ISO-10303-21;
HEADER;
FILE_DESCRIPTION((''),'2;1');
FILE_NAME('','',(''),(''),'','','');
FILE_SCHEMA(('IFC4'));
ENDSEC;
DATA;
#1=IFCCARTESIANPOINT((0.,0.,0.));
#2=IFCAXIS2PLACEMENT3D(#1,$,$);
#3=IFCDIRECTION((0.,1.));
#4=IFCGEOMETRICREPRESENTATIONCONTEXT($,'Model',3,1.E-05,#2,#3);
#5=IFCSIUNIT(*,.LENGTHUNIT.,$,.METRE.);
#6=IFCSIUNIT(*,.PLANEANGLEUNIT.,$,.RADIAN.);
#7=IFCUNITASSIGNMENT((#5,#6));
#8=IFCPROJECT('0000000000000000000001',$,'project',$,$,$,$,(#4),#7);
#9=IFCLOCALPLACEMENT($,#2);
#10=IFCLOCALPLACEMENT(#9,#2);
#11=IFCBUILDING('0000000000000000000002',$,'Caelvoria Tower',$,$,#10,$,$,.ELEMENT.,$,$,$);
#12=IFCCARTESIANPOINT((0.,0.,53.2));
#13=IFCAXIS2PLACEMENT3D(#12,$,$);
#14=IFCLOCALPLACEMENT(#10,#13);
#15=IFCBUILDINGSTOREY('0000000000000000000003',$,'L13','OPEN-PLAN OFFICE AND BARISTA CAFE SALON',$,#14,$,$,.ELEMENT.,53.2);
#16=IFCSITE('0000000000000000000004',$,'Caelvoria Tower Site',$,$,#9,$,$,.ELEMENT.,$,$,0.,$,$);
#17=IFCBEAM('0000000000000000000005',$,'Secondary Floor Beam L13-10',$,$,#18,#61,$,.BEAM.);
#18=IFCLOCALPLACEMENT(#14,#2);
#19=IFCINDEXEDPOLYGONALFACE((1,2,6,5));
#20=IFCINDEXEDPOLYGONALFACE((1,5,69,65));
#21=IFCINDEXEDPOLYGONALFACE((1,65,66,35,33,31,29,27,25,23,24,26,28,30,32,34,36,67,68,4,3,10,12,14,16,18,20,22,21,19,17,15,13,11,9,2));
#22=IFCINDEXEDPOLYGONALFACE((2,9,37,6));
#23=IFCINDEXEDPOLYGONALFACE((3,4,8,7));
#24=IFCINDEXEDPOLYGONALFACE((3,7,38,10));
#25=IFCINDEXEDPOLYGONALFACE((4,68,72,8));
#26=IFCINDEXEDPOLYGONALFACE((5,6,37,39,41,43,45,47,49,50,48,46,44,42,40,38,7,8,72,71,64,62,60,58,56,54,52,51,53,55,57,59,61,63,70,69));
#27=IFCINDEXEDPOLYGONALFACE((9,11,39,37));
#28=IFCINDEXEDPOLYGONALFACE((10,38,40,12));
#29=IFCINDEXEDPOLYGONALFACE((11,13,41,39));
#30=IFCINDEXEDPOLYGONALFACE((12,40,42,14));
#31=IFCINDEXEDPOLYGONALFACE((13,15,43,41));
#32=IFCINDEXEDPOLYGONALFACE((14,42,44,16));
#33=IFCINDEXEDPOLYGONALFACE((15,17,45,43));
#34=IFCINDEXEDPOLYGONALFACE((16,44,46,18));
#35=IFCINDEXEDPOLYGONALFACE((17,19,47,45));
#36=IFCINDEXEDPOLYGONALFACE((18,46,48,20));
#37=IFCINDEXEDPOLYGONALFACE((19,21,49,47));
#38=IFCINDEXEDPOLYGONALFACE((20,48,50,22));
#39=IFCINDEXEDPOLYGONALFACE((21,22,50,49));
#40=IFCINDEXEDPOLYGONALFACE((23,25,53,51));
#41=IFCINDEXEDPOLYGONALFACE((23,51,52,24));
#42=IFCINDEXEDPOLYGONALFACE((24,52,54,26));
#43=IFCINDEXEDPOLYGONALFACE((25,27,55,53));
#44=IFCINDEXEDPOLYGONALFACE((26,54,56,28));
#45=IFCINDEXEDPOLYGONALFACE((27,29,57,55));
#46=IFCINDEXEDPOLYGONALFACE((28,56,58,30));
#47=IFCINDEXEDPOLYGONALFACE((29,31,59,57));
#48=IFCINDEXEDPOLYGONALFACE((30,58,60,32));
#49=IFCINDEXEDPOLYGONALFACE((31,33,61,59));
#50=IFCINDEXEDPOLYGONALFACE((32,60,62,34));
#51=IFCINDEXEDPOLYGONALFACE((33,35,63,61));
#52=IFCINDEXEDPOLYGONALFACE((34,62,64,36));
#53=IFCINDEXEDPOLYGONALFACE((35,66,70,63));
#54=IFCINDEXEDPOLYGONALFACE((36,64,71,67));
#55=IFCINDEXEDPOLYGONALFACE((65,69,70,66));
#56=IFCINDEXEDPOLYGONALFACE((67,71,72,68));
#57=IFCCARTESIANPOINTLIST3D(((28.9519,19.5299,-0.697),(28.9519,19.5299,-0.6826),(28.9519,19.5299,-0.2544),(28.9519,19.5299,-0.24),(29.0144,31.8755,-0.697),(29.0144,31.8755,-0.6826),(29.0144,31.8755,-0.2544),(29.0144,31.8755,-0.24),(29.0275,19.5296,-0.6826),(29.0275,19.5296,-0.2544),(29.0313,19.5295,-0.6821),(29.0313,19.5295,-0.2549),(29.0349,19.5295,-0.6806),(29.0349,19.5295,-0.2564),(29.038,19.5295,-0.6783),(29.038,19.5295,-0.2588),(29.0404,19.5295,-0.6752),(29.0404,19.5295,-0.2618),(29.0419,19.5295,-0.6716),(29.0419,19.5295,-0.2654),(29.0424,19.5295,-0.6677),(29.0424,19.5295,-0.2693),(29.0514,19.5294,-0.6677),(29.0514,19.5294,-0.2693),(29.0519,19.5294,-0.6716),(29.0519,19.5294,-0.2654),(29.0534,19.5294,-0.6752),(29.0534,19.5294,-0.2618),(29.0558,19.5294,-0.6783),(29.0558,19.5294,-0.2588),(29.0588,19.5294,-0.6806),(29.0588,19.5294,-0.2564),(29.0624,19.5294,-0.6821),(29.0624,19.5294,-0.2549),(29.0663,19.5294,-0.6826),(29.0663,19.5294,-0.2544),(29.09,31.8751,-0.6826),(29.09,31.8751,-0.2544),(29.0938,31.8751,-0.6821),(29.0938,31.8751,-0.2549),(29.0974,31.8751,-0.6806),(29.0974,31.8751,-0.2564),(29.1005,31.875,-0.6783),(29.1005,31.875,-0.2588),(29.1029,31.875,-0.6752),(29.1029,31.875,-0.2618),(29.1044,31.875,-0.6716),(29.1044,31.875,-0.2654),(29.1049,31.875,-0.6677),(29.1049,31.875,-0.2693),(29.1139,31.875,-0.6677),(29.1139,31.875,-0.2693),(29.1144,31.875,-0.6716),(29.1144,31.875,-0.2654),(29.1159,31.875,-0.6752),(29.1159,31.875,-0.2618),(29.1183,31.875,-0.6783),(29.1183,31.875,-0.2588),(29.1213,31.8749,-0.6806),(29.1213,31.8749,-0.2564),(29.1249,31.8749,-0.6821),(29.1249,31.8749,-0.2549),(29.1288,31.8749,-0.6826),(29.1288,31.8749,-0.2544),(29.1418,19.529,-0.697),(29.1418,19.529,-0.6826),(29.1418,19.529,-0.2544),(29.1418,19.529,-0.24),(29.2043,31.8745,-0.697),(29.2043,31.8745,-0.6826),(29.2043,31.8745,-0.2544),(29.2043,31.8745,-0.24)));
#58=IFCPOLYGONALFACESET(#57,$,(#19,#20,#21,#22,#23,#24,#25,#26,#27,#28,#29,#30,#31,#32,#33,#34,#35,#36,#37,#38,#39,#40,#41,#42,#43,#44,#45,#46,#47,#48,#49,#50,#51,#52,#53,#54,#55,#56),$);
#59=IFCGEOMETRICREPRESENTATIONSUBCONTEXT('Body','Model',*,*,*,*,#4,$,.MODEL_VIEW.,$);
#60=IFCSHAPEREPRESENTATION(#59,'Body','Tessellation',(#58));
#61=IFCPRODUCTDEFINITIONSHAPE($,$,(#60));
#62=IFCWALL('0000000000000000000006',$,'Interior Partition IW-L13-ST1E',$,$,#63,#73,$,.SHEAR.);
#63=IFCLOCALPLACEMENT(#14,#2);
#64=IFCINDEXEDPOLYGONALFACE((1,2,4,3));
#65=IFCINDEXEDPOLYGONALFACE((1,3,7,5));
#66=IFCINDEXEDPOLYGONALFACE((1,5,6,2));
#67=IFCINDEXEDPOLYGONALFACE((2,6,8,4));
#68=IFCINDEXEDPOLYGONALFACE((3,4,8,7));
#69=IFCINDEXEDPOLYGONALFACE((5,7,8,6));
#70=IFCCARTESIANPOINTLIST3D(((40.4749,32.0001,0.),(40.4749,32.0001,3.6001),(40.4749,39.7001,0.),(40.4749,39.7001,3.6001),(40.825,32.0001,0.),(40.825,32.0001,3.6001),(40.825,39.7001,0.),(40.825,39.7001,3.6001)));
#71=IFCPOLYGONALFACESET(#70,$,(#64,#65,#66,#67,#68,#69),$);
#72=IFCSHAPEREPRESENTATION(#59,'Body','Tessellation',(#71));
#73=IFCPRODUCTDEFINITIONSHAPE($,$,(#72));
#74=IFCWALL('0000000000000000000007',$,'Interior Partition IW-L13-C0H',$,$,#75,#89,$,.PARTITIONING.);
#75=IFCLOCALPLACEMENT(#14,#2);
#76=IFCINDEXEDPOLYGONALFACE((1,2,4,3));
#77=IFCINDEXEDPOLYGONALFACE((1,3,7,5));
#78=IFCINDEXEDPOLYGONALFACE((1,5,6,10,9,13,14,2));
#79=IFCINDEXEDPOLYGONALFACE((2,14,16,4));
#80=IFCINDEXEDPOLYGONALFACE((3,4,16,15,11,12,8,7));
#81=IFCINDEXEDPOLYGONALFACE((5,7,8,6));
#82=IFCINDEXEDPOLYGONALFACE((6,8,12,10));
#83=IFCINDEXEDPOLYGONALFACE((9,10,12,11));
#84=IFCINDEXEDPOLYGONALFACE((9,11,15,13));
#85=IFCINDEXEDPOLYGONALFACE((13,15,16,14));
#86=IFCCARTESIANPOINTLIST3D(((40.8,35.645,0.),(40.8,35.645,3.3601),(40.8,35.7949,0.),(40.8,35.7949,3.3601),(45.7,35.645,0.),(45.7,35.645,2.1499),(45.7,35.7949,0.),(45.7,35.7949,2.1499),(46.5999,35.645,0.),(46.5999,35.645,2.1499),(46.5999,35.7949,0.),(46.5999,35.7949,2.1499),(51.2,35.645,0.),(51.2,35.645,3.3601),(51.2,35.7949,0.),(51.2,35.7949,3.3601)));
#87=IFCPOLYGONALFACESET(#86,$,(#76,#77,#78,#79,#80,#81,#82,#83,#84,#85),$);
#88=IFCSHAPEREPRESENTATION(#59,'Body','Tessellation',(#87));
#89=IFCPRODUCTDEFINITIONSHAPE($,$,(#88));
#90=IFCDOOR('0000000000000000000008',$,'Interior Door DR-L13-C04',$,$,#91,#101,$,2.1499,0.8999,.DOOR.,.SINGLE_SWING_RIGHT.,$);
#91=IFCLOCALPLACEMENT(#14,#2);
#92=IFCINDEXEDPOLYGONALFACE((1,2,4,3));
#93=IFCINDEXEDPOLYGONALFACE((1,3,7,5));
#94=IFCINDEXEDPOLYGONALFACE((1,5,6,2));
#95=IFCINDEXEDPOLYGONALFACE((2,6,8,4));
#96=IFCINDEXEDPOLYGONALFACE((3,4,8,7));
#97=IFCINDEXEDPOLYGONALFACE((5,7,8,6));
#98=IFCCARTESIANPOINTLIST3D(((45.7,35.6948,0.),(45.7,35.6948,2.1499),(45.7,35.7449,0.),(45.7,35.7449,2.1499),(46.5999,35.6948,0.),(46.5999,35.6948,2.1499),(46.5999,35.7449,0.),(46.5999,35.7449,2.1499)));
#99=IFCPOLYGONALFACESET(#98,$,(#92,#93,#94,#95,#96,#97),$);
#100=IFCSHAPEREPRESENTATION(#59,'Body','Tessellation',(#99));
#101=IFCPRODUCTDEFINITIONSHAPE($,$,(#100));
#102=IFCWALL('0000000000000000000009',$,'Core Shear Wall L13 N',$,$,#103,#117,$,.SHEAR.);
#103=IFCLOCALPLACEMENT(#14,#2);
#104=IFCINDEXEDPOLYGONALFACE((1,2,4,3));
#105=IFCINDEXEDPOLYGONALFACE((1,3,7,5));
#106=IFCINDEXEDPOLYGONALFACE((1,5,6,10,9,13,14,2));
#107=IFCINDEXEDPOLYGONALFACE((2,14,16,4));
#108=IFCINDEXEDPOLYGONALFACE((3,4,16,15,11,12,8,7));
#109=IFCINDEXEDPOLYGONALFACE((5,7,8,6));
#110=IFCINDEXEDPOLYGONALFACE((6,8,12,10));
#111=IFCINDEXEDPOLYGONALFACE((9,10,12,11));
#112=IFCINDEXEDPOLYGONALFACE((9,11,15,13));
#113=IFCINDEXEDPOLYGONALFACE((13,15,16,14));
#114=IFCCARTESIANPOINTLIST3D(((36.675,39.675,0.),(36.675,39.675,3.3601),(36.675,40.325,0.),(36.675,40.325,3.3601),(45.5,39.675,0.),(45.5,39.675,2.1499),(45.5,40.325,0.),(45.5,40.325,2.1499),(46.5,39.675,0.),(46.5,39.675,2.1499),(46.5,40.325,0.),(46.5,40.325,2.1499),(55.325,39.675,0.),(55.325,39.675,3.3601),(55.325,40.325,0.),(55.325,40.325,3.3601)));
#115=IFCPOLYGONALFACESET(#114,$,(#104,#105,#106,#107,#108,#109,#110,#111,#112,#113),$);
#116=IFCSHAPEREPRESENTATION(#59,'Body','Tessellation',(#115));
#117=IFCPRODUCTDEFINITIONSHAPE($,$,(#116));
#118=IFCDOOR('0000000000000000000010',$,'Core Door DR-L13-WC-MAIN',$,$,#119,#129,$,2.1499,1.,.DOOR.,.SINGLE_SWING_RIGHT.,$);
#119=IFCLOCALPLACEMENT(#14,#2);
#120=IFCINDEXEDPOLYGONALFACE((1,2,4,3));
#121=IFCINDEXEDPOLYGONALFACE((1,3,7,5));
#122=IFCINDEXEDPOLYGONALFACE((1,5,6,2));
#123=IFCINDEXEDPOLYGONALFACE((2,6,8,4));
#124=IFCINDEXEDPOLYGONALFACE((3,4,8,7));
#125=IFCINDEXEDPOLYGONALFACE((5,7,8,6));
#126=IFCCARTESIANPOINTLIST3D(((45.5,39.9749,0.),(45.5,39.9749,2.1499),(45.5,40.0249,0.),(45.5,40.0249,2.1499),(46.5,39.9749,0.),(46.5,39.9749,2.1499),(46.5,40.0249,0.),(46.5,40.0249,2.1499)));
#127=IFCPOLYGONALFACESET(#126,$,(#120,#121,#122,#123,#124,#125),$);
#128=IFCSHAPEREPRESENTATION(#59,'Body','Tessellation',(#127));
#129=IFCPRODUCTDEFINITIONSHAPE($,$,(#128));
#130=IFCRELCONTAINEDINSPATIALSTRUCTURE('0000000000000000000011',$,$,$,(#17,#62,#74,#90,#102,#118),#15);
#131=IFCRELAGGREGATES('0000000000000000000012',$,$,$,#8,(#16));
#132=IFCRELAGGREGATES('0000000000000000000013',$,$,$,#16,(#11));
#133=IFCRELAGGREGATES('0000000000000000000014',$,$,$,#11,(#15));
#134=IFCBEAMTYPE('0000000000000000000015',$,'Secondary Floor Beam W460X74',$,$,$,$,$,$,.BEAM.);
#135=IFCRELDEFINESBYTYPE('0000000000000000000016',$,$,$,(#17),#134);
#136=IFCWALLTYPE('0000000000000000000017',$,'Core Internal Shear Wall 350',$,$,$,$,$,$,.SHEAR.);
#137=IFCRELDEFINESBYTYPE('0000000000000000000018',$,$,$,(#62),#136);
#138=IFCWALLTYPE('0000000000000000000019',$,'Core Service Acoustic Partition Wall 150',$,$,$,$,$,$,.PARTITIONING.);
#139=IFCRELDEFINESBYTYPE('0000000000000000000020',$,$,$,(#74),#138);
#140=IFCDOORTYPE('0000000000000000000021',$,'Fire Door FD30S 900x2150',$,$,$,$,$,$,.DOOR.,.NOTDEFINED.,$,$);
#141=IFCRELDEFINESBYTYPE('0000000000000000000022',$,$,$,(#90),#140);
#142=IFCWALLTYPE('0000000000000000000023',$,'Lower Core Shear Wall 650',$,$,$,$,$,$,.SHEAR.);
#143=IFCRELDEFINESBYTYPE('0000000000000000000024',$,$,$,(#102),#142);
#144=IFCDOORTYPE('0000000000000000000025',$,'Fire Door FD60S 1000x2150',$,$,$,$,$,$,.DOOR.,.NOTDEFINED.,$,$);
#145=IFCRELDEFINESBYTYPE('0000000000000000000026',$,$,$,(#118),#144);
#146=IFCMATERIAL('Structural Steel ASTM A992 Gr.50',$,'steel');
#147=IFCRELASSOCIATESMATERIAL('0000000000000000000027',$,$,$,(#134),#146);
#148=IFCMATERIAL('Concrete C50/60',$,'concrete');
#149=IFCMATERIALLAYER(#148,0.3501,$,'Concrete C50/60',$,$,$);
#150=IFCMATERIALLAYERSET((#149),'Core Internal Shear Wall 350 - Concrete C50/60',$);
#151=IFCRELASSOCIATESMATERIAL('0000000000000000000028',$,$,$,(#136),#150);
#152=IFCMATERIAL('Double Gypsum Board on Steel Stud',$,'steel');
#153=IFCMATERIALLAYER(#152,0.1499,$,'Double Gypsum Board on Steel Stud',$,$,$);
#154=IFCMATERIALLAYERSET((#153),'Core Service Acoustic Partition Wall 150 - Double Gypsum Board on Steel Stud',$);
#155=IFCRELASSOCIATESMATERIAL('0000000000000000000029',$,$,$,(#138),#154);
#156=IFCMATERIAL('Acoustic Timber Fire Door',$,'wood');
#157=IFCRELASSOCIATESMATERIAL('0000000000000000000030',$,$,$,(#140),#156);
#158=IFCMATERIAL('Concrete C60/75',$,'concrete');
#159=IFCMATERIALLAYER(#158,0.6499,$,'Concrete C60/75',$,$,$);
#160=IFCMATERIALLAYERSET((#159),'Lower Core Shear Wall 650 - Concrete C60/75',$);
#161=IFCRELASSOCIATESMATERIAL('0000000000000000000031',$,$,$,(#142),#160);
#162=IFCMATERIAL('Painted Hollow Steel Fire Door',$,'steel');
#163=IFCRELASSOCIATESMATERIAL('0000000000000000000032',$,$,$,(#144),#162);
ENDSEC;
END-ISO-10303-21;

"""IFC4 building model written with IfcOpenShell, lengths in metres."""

from ifc_helpers import new_model, si_unit, direction, frame, frame_2d, origin, origin_2d, place, context, subcontext, project, spatial, rectangle, i_section, extrude, material, layer, layer_set, material_profile, profile_set, type_object, element, fill, save


model = new_model("IFC4")

# Units and contexts
model_context = context("Model", 3, precision=1e-05, world=origin(), true_north=direction((0.0, 1.0)))
body_context = subcontext(model_context, "Body", "Model", "MODEL_VIEW")
ifc_project = project(units=[si_unit("LENGTHUNIT", "METRE"), si_unit("PLANEANGLEUNIT", "RADIAN")], contexts=[model_context])

# Site, building, storey
site_placement = place(None, origin())
site = spatial("IfcSite", under=ifc_project, at=site_placement, Name="Caelvoria Tower Site", CompositionType="ELEMENT", RefElevation=0.0)
building_placement = place(site_placement, origin())
building = spatial("IfcBuilding", under=site, at=building_placement, Name="Caelvoria Tower", CompositionType="ELEMENT")
storey_placement = place(building_placement, frame((0.0, 0.0, 53.2)))
storey = spatial("IfcBuildingStorey", under=building, at=storey_placement, Name="L13", Description="OPEN-PLAN OFFICE AND BARISTA CAFE SALON", CompositionType="ELEMENT", Elevation=53.2)

# Beam
ifc_material_1 = material(Name="Structural Steel ASTM A992 Gr.50", Category="steel")
ifc_material_profile_1 = material_profile(ifc_material_1, i_section(OverallWidth=0.1899, OverallDepth=0.457, WebThickness=0.009, FlangeThickness=0.0144, FilletRadius=0.0149, at=origin_2d()), Name="Structural Steel ASTM A992 Gr.50")
ifc_profile_set_1 = profile_set([ifc_material_profile_1], Name="W460X74 - Structural Steel ASTM A992 Gr.50")
beam_type_1 = type_object("IfcBeamType", Name="Secondary Floor Beam W460X74", PredefinedType="BEAM", material=ifc_profile_set_1)
for number, where, z_axis, x_axis, name in (
    (1, (29.1094, 31.875, -0.4685), (-0.005063, -0.999987, 0.0), (0.999987, -0.005063, 0.0), "Secondary Floor Beam L13-10"),
):
    element("IfcBeam", number, at=place(storey_placement, frame(where, z_axis=z_axis, x_axis=x_axis)), inside=storey, type_object=beam_type_1, Name=name, PredefinedType="BEAM", context=body_context, shape_type="SweptSolid", body=[
        extrude(i_section(OverallWidth=0.1899, OverallDepth=0.457, WebThickness=0.009, FlangeThickness=0.0144, FilletRadius=0.0149, at=origin_2d()), origin(), (0.0, 0.0, 1.0), 12.3457),
    ])

# Shared definitions
ifc_material_2 = material(Name="Concrete C50/60", Category="concrete")
ifc_layer_1 = layer(ifc_material_2, 0.3501, Name="Concrete C50/60")
ifc_layer_set_1 = layer_set([ifc_layer_1], Name="Core Internal Shear Wall 350 - Concrete C50/60")
wall_type_1 = type_object("IfcWallType", Name="Core Internal Shear Wall 350", PredefinedType="SHEAR", material=ifc_layer_set_1)
ifc_material_3 = material(Name="Painted Hollow Steel Fire Door", Category="steel")

# Wall
wall_1_placement = place(storey_placement, frame((40.6499, 32.0, 0.0), z_axis=(0.0, 0.0, 1.0), x_axis=(0.0, 1.0, 0.0)))
element("IfcWall", 2, at=wall_1_placement, inside=storey, type_object=wall_type_1, Name="Interior Partition IW-L13-ST1E", PredefinedType="SHEAR", context=body_context, shape_type="SweptSolid", body=[
    extrude(rectangle(XDim=7.7, YDim=0.3501, at=frame_2d((3.8501, 0.0))), origin(), (0.0, 0.0, 1.0), 3.6001),
])

# Walls, openings, doors
ifc_material_4 = material(Name="Double Gypsum Board on Steel Stud", Category="steel")
ifc_layer_2 = layer(ifc_material_4, 0.1499, Name="Double Gypsum Board on Steel Stud")
ifc_layer_set_2 = layer_set([ifc_layer_2], Name="Core Service Acoustic Partition Wall 150 - Double Gypsum Board on Steel Stud")
wall_type_2 = type_object("IfcWallType", Name="Core Service Acoustic Partition Wall 150", PredefinedType="PARTITIONING", material=ifc_layer_set_2)
wall_2_placement = place(storey_placement, frame((40.8, 35.72, 0.0), z_axis=(0.0, 0.0, 1.0), x_axis=(1.0, 0.0, 0.0)))
wall_2 = element("IfcWall", 3, at=wall_2_placement, inside=storey, type_object=wall_type_2, Name="Interior Partition IW-L13-C0H", PredefinedType="PARTITIONING", context=body_context, shape_type="SweptSolid", body=[
    extrude(rectangle(XDim=10.3999, YDim=0.1499, at=frame_2d((5.2, 0.0))), origin(), (0.0, 0.0, 1.0), 3.3601),
])
opening_1_placement = place(wall_2_placement, frame((4.8999, 0.0, 0.0)))
opening_1 = element("IfcOpeningElement", 4, at=opening_1_placement, cuts=wall_2, PredefinedType="OPENING", context=body_context, shape_type="SweptSolid", body=[
    extrude(rectangle(XDim=0.8999, YDim=2.1499, at=frame_2d((0.45, 1.075))), frame((0.0, 0.085, 0.0), z_axis=(0.0, -1.0, 0.0), x_axis=(1.0, 0.0, 0.0)), (0.0, 0.0, 1.0), 0.1699),
])
ifc_material_5 = material(Name="Acoustic Timber Fire Door", Category="wood")
door_type_1 = type_object("IfcDoorType", Name="Fire Door FD30S 900x2150", OperationType="NOTDEFINED", PredefinedType="DOOR", material=ifc_material_5)
door_1_placement = place(opening_1_placement, origin())
door_1 = element("IfcDoor", 5, at=door_1_placement, inside=storey, type_object=door_type_1, Name="Interior Door DR-L13-C04", OperationType="SINGLE_SWING_RIGHT", OverallHeight=2.1499, OverallWidth=0.8999, PredefinedType="DOOR", context=body_context, shape_type="SweptSolid", body=[
    extrude(rectangle(XDim=0.8999, YDim=2.1499, at=frame_2d((0.45, 1.075))), frame((0.0, 0.0249, 0.0), z_axis=(0.0, -1.0, 0.0), x_axis=(1.0, 0.0, 0.0)), (0.0, 0.0, 1.0), 0.05),
])
fill(opening_1, door_1)
ifc_material_6 = material(Name="Concrete C60/75", Category="concrete")
ifc_layer_3 = layer(ifc_material_6, 0.6499, Name="Concrete C60/75")
ifc_layer_set_3 = layer_set([ifc_layer_3], Name="Lower Core Shear Wall 650 - Concrete C60/75")
wall_type_3 = type_object("IfcWallType", Name="Lower Core Shear Wall 650", PredefinedType="SHEAR", material=ifc_layer_set_3)
wall_3_placement = place(storey_placement, frame((36.675, 40.0, 0.0), z_axis=(0.0, 0.0, 1.0), x_axis=(1.0, 0.0, 0.0)))
wall_3 = element("IfcWall", 6, at=wall_3_placement, inside=storey, type_object=wall_type_3, Name="Core Shear Wall L13 N", PredefinedType="SHEAR", context=body_context, shape_type="SweptSolid", body=[
    extrude(rectangle(XDim=18.6499, YDim=0.6499, at=frame_2d((9.325, 0.0))), origin(), (0.0, 0.0, 1.0), 3.3601),
])
opening_2_placement = place(wall_3_placement, frame((8.825, 0.0, 0.0)))
opening_2 = element("IfcOpeningElement", 7, at=opening_2_placement, cuts=wall_3, PredefinedType="OPENING", context=body_context, shape_type="SweptSolid", body=[
    extrude(rectangle(XDim=1.0, YDim=2.1499, at=frame_2d((0.5, 1.075))), frame((0.0, 0.335, 0.0), z_axis=(0.0, -1.0, 0.0), x_axis=(1.0, 0.0, 0.0)), (0.0, 0.0, 1.0), 0.6699),
])
door_type_2 = type_object("IfcDoorType", Name="Fire Door FD60S 1000x2150", OperationType="NOTDEFINED", PredefinedType="DOOR", material=ifc_material_3)
door_2_placement = place(opening_2_placement, origin())
door_2 = element("IfcDoor", 8, at=door_2_placement, inside=storey, type_object=door_type_2, Name="Core Door DR-L13-WC-MAIN", OperationType="SINGLE_SWING_RIGHT", OverallHeight=2.1499, OverallWidth=1.0, PredefinedType="DOOR", context=body_context, shape_type="SweptSolid", body=[
    extrude(rectangle(XDim=1.0, YDim=2.1499, at=frame_2d((0.5, 1.075))), frame((0.0, 0.0249, 0.0), z_axis=(0.0, -1.0, 0.0), x_axis=(1.0, 0.0, 0.0)), (0.0, 0.0, 1.0), 0.05),
])
fill(opening_2, door_2)

save(model, "model.ifc")
